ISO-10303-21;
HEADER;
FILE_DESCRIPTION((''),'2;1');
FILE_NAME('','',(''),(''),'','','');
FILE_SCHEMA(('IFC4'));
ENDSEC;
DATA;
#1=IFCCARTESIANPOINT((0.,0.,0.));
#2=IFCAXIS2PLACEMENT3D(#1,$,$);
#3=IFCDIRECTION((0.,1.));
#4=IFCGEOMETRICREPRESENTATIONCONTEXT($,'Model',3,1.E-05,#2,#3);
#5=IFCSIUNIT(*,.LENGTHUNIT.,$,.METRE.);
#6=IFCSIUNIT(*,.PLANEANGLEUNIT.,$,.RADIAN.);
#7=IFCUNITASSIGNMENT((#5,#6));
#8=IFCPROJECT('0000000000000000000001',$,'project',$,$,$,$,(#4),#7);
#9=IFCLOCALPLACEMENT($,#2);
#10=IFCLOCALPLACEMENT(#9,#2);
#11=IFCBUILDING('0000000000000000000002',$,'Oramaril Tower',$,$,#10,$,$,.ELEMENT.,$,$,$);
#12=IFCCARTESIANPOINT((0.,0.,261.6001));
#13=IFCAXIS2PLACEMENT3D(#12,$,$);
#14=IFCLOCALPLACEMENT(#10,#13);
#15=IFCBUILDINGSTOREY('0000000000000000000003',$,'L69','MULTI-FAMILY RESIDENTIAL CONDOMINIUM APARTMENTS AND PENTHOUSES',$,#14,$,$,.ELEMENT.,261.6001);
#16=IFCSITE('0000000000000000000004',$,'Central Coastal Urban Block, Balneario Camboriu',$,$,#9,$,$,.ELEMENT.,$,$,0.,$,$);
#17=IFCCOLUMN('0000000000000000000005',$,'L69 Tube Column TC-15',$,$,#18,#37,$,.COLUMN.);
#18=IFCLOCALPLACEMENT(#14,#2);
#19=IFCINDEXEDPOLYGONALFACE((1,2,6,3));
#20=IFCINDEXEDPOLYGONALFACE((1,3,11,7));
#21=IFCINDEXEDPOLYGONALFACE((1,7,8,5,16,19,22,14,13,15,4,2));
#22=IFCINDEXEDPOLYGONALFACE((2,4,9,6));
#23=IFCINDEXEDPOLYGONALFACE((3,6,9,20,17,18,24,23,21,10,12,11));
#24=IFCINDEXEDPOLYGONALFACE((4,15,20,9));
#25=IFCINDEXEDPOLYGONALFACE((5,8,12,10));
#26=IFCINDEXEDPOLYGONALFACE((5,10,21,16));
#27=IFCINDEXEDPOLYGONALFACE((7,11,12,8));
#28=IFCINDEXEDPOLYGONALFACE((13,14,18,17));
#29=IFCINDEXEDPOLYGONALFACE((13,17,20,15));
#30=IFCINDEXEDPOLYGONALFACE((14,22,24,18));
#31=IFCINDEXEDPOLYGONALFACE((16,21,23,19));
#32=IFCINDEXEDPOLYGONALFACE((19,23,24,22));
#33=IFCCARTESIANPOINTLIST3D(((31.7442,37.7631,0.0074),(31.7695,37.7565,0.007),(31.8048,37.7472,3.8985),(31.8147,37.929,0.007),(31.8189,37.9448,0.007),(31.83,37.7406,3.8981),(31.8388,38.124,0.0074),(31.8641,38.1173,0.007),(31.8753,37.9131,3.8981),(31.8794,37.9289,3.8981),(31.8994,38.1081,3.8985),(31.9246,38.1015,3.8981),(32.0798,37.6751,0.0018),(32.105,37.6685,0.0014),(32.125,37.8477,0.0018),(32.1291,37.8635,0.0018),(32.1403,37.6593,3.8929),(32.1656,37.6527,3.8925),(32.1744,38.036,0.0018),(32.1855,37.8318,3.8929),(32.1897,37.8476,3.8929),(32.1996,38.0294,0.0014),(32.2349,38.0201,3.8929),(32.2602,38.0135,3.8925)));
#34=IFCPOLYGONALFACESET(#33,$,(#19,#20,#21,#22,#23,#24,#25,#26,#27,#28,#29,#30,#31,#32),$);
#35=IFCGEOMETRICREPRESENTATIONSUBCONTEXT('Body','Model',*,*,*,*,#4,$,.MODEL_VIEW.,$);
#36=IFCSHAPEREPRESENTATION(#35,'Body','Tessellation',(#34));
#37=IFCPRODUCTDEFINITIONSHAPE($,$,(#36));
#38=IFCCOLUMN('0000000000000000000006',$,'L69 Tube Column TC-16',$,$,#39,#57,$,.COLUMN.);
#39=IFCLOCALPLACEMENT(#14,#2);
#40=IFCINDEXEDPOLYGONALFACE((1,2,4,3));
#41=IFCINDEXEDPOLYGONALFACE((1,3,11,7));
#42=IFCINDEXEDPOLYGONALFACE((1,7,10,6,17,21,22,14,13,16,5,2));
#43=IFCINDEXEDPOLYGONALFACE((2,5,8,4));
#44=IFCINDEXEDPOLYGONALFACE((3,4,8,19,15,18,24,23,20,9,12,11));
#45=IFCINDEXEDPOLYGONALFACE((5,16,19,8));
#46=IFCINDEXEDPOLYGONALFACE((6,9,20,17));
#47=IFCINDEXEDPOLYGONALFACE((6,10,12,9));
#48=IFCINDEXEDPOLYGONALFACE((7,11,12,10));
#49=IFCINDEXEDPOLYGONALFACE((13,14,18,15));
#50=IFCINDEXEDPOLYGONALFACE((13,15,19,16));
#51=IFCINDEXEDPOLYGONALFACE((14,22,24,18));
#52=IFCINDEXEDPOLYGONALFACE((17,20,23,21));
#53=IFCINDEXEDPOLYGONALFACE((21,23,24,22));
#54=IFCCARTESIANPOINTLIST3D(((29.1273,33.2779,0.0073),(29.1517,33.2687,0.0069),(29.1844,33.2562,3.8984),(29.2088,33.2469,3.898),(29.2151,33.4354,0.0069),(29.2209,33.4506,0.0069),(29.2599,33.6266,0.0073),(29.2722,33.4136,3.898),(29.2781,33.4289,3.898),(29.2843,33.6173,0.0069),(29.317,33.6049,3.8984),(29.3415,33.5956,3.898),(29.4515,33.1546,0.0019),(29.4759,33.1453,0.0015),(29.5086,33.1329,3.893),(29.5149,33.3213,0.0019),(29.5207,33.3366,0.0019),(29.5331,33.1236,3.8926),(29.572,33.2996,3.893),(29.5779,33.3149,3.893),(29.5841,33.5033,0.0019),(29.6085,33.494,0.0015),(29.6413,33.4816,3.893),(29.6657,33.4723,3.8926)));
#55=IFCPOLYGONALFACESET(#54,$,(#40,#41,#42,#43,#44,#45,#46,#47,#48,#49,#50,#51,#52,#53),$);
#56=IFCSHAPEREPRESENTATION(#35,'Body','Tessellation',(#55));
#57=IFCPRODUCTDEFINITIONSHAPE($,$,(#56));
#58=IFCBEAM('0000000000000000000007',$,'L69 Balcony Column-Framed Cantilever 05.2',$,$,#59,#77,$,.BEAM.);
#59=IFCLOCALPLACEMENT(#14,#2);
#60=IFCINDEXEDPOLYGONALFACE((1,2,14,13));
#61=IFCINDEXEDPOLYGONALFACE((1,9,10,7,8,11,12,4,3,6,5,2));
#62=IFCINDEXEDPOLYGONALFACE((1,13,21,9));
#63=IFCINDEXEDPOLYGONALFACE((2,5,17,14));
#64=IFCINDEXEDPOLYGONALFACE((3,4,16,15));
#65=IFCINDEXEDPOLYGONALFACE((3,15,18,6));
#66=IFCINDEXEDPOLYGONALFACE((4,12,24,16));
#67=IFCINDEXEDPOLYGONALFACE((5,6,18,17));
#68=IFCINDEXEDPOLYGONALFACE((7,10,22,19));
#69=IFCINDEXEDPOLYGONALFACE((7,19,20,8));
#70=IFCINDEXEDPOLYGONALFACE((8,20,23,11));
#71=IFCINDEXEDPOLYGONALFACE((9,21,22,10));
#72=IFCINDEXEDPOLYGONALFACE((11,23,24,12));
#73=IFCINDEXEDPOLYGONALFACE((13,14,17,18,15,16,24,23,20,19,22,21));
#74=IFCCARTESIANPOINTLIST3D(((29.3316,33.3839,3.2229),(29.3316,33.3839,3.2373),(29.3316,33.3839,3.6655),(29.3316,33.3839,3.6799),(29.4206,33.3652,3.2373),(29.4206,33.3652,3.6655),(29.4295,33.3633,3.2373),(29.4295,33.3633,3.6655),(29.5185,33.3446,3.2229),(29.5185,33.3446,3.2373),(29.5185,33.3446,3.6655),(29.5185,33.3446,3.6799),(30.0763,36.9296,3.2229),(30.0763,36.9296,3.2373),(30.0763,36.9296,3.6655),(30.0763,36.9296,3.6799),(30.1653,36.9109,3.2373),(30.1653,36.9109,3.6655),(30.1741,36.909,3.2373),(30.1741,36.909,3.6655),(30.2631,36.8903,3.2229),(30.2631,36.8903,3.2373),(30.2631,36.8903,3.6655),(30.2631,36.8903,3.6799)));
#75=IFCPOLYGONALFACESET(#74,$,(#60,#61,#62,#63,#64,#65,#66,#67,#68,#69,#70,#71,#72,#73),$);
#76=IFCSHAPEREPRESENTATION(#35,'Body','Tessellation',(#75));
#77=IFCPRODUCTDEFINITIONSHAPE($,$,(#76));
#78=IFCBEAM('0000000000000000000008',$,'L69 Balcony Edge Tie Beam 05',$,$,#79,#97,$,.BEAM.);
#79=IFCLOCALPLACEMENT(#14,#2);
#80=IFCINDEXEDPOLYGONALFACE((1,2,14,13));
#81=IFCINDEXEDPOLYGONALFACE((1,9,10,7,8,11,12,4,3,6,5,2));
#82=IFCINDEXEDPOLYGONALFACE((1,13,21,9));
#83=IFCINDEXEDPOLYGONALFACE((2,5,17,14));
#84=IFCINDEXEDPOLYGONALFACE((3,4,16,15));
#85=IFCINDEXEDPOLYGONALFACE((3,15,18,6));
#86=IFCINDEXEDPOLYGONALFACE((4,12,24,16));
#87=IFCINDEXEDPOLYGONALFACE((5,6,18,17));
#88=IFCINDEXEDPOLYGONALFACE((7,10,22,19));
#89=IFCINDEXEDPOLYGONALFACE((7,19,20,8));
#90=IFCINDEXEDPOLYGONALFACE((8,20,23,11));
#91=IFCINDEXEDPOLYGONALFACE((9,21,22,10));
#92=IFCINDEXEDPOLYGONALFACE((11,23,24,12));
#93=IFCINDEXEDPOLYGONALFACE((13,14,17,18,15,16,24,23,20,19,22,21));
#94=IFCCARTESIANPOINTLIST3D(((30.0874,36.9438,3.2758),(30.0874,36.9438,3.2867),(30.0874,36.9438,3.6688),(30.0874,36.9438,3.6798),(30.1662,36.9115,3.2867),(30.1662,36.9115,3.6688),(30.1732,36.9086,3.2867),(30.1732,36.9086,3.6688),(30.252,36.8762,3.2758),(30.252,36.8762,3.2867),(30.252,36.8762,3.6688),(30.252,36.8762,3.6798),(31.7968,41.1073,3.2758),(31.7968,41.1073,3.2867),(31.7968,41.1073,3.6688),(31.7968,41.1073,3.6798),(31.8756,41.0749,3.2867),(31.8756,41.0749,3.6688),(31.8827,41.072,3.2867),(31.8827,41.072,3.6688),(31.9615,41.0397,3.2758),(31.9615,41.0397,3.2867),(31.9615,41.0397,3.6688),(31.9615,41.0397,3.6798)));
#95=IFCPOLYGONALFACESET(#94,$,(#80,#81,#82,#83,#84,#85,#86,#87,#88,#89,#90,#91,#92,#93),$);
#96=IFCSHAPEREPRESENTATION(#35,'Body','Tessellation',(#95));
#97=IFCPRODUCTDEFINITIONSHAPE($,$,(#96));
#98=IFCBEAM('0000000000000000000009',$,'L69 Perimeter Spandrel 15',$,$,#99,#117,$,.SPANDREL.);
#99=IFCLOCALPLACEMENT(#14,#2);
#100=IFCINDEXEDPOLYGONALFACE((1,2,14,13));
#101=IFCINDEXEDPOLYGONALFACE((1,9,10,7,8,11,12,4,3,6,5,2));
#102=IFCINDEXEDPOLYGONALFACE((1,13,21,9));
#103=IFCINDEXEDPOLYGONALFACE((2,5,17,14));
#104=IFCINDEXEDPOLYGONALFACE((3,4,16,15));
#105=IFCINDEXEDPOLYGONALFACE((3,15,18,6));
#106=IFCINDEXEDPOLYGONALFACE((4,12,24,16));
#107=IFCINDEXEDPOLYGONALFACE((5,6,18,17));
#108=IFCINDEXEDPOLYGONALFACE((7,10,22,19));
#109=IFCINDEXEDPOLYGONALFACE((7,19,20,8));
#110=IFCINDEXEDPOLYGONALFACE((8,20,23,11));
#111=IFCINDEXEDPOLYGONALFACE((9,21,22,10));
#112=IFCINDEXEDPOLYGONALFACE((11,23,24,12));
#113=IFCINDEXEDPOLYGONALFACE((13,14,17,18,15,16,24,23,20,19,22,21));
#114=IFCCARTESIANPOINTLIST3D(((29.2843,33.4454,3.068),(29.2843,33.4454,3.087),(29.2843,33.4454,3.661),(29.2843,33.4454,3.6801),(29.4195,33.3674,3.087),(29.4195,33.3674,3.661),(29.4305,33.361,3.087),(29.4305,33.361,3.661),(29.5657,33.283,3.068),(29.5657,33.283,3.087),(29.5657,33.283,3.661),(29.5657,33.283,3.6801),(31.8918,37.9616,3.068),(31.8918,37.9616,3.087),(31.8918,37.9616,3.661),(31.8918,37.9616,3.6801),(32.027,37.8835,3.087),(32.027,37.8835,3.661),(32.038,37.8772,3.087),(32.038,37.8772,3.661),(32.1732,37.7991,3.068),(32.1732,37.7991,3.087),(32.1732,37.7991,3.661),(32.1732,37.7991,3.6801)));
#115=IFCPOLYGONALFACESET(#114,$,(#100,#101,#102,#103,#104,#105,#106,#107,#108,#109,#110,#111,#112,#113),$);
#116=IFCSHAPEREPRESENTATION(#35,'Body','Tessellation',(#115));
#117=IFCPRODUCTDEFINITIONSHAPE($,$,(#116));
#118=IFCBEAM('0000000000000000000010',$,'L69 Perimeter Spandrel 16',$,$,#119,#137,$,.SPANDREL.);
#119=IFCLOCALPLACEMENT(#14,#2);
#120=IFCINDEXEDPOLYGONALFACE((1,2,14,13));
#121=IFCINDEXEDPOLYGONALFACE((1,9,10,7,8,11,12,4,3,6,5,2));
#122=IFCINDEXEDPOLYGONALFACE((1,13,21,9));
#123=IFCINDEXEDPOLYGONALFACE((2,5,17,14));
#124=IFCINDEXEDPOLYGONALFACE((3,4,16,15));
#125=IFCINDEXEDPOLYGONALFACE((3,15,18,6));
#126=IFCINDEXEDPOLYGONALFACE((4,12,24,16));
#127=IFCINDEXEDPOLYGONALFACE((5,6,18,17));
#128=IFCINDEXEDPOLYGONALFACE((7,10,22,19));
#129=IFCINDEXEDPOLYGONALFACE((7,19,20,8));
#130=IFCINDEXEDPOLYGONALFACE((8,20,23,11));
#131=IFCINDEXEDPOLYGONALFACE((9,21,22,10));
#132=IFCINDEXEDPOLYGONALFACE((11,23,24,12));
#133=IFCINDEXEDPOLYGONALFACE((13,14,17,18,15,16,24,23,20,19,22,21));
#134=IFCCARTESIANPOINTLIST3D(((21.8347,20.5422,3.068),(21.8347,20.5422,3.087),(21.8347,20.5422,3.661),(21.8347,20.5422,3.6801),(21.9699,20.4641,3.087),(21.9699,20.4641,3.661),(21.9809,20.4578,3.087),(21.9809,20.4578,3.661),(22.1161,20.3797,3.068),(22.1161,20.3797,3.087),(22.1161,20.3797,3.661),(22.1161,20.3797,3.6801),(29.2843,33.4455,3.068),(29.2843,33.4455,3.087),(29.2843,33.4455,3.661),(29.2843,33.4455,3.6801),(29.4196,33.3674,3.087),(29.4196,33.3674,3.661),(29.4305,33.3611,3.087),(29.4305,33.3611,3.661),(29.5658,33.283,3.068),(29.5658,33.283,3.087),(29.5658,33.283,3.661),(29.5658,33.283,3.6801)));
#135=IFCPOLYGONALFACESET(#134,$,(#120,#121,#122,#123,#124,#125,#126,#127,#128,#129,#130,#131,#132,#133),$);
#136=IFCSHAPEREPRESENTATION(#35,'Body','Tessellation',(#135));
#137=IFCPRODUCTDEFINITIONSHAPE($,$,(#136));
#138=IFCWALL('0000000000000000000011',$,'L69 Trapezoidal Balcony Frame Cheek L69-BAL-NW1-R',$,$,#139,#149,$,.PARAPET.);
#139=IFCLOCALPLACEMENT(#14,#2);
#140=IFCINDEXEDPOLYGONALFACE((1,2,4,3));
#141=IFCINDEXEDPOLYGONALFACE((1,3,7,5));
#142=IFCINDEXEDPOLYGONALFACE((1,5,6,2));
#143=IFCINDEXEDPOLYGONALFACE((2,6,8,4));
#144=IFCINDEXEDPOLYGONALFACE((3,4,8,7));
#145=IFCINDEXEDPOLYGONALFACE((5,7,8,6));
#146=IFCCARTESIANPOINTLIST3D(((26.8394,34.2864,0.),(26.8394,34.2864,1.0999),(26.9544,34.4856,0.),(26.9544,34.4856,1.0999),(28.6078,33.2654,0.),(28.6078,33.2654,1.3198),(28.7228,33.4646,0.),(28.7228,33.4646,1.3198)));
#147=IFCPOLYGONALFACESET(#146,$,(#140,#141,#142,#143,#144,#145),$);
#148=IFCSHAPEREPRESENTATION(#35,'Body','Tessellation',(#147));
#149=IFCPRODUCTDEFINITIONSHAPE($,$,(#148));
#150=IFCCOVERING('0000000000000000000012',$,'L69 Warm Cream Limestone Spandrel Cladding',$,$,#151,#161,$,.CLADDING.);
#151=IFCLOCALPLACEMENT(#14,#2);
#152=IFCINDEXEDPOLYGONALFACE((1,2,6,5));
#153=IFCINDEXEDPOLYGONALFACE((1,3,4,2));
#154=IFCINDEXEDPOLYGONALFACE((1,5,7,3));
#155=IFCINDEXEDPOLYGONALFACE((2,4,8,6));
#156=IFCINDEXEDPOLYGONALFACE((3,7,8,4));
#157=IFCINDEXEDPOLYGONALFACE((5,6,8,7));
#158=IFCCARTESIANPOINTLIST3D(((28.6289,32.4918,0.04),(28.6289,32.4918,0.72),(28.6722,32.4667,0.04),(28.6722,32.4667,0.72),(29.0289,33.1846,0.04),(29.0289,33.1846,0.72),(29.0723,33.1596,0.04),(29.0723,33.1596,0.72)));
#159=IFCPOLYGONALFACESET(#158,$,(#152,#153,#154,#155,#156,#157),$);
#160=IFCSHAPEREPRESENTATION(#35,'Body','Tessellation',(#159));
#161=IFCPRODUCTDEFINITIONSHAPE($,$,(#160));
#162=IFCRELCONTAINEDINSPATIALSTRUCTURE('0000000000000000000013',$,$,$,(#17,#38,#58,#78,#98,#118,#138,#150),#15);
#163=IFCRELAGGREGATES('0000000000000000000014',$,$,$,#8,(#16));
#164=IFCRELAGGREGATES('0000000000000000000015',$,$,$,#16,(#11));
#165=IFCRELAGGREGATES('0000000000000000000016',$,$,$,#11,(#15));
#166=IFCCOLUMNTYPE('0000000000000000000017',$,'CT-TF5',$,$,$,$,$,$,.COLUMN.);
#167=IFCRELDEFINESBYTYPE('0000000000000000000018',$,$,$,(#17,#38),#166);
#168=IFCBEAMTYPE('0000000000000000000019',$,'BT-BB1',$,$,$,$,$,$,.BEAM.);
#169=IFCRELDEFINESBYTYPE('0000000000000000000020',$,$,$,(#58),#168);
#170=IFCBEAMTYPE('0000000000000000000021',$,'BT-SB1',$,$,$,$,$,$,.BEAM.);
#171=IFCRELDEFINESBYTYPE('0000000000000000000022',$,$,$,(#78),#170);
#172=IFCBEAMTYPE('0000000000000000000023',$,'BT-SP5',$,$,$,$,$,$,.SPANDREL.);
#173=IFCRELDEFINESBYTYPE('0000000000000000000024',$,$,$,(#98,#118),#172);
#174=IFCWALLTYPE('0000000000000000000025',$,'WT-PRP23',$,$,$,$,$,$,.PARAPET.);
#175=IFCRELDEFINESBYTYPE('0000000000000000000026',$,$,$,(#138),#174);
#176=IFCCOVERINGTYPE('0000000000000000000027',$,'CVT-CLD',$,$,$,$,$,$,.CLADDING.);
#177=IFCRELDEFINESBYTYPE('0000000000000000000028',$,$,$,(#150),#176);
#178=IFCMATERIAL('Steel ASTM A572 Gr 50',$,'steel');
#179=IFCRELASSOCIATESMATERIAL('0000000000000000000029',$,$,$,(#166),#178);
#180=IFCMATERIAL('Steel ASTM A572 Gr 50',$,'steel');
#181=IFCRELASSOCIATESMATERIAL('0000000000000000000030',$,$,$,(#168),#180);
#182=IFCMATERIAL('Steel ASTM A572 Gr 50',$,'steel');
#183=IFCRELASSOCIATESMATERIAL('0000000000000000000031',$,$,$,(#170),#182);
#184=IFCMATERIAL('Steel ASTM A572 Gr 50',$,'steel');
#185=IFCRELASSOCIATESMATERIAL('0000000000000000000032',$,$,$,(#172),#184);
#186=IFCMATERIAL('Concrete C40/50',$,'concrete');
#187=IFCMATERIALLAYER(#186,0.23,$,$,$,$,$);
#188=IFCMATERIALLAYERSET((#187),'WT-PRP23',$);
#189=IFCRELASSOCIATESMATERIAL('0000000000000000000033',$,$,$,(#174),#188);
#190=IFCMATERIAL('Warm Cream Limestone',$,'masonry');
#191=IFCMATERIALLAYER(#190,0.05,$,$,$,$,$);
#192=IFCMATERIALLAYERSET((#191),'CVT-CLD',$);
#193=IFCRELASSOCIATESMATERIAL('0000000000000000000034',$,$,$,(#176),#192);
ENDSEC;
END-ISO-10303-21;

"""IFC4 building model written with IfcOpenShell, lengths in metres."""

from ifc_helpers import new_model, si_unit, direction, frame, origin, origin_2d, place, context, subcontext, project, spatial, polyline, rectangle, i_section, outline, extrude, material, layer, layer_set, material_profile, profile_set, type_object, element, save


model = new_model("IFC4")

# Units and contexts
model_context = context("Model", 3, precision=1e-05, world=origin(), true_north=direction((0.0, 1.0)))
body_context = subcontext(model_context, "Body", "Model", "MODEL_VIEW")
ifc_project = project(units=[si_unit("LENGTHUNIT", "METRE"), si_unit("PLANEANGLEUNIT", "RADIAN")], contexts=[model_context])

# Site, building, storey
site_placement = place(None, origin())
site = spatial("IfcSite", under=ifc_project, at=site_placement, Name="Central Coastal Urban Block, Balneario Camboriu", CompositionType="ELEMENT", RefElevation=0.0)
building_placement = place(site_placement, origin())
building = spatial("IfcBuilding", under=site, at=building_placement, Name="Oramaril Tower", CompositionType="ELEMENT")
storey_placement = place(building_placement, frame((0.0, 0.0, 261.6001)))
storey = spatial("IfcBuildingStorey", under=building, at=storey_placement, Name="L69", Description="MULTI-FAMILY RESIDENTIAL CONDOMINIUM APARTMENTS AND PENTHOUSES", CompositionType="ELEMENT", Elevation=261.6001)

# Columns
ifc_material_1 = material(Name="Steel ASTM A572 Gr 50", Category="steel")
ifc_material_profile_1 = material_profile(ifc_material_1, i_section(OverallWidth=0.373, OverallDepth=0.373, WebThickness=0.0164, FlangeThickness=0.0261, at=origin_2d()), Name="W14X132")
ifc_profile_set_1 = profile_set([ifc_material_profile_1], Name="Steel ASTM A572 Gr 50")
column_type = type_object("IfcColumnType", Name="CT-TF5", PredefinedType="COLUMN", material=ifc_profile_set_1)
for number, where, z_axis, x_axis, name in (
    (1, (31.9719, 37.8962, 0.0044), (0.015558, -0.004078, 0.999871), (0.253533, 0.967327, 0.0), "L69 Tube Column TC-15"),
    (2, (29.3679, 33.386, 0.0044), (0.01468, -0.005583, 0.999877), (0.355497, 0.934677, 0.0), "L69 Tube Column TC-16"),
):
    element("IfcColumn", number, at=place(storey_placement, frame(where, z_axis=z_axis, x_axis=x_axis)), inside=storey, type_object=column_type, Name=name, PredefinedType="COLUMN", context=body_context, shape_type="SweptSolid", body=[
        extrude(i_section(OverallWidth=0.373, OverallDepth=0.373, WebThickness=0.0164, FlangeThickness=0.0261, at=origin_2d()), origin(), (0.0, 0.0, 1.0), 3.8916),
    ])

# Beams
ifc_material_2 = material(Name="Steel ASTM A572 Gr 50", Category="steel")
ifc_material_profile_2 = material_profile(ifc_material_2, i_section(OverallWidth=0.1909, OverallDepth=0.457, WebThickness=0.009, FlangeThickness=0.0144, at=origin_2d()), Name="W18X50")
ifc_profile_set_2 = profile_set([ifc_material_profile_2], Name="Steel ASTM A572 Gr 50")
beam_type_1 = type_object("IfcBeamType", Name="BT-BB1", PredefinedType="BEAM", material=ifc_profile_set_2)
beam_1_placement = place(storey_placement, frame((29.425, 33.3643, 3.4514), z_axis=(0.205528, 0.978651, 0.0), x_axis=(-0.978651, 0.205528, 0.0)))
element("IfcBeam", 3, at=beam_1_placement, inside=storey, type_object=beam_type_1, Name="L69 Balcony Column-Framed Cantilever 05.2", PredefinedType="BEAM", context=body_context, shape_type="SweptSolid", body=[
    extrude(i_section(OverallWidth=0.1909, OverallDepth=0.457, WebThickness=0.009, FlangeThickness=0.0144, at=origin_2d()), origin(), (0.0, 0.0, 1.0), 3.623),
])
ifc_material_3 = material(Name="Steel ASTM A572 Gr 50", Category="steel")
ifc_material_profile_3 = material_profile(ifc_material_3, i_section(OverallWidth=0.178, OverallDepth=0.4041, WebThickness=0.0076, FlangeThickness=0.011, at=origin_2d()), Name="W16X36")
ifc_profile_set_3 = profile_set([ifc_material_profile_3], Name="Steel ASTM A572 Gr 50")
beam_type_2 = type_object("IfcBeamType", Name="BT-SB1", PredefinedType="BEAM", material=ifc_profile_set_3)
beam_2_placement = place(storey_placement, frame((31.8792, 41.0735, 3.4778), z_axis=(-0.379811, -0.925064, 0.0), x_axis=(0.925064, -0.379811, 0.0)))
element("IfcBeam", 4, at=beam_2_placement, inside=storey, type_object=beam_type_2, Name="L69 Balcony Edge Tie Beam 05", PredefinedType="BEAM", context=body_context, shape_type="SweptSolid", body=[
    extrude(i_section(OverallWidth=0.178, OverallDepth=0.4041, WebThickness=0.0076, FlangeThickness=0.011, at=origin_2d()), origin(), (0.0, 0.0, 1.0), 4.5007),
])
ifc_material_4 = material(Name="Steel ASTM A572 Gr 50", Category="steel")
ifc_material_profile_4 = material_profile(ifc_material_4, i_section(OverallWidth=0.325, OverallDepth=0.6121, WebThickness=0.0127, FlangeThickness=0.019, at=origin_2d()), Name="W24X104")
ifc_profile_set_4 = profile_set([ifc_material_profile_4], Name="Steel ASTM A572 Gr 50")
beam_type_3 = type_object("IfcBeamType", Name="BT-SP5", PredefinedType="SPANDREL", material=ifc_profile_set_4)
beam_3_placement = place(storey_placement, frame((32.0325, 37.8804, 3.374), z_axis=(-0.500006, -0.866022, 0.0), x_axis=(0.866022, -0.500006, 0.0)))
element("IfcBeam", 5, at=beam_3_placement, inside=storey, type_object=beam_type_3, Name="L69 Perimeter Spandrel 15", PredefinedType="SPANDREL", context=body_context, shape_type="SweptSolid", body=[
    extrude(i_section(OverallWidth=0.325, OverallDepth=0.6121, WebThickness=0.0127, FlangeThickness=0.019, at=origin_2d()), origin(), (0.0, 0.0, 1.0), 5.2148),
])
beam_4_placement = place(storey_placement, frame((29.425, 33.3643, 3.374), z_axis=(-0.499999, -0.866026, 0.0), x_axis=(0.866026, -0.499999, 0.0)))
element("IfcBeam", 6, at=beam_4_placement, inside=storey, type_object=beam_type_3, Name="L69 Perimeter Spandrel 16", PredefinedType="SPANDREL", context=body_context, shape_type="SweptSolid", body=[
    extrude(i_section(OverallWidth=0.325, OverallDepth=0.6121, WebThickness=0.0127, FlangeThickness=0.019, at=origin_2d()), origin(), (0.0, 0.0, 1.0), 14.8994),
])

# Wall
ifc_material_5 = material(Name="Concrete C40/50", Category="concrete")
ifc_layer_1 = layer(ifc_material_5, 0.23)
ifc_layer_set_1 = layer_set([ifc_layer_1], Name="WT-PRP23")
wall_type = type_object("IfcWallType", Name="WT-PRP23", PredefinedType="PARAPET", material=ifc_layer_set_1)
wall_placement = place(storey_placement, frame((28.6653, 33.365, 0.0), z_axis=(0.0, 0.0, 1.0), x_axis=(-0.866012, 0.500023, 0.0)))
element("IfcWall", 7, at=wall_placement, inside=storey, type_object=wall_type, Name="L69 Trapezoidal Balcony Frame Cheek L69-BAL-NW1-R", PredefinedType="PARAPET", context=body_context, shape_type="SweptSolid", body=[
    extrude(outline(polyline([(0.0, 0.0), (2.042, 0.0), (2.042, 1.0999), (0.0, 1.3198), (0.0, 0.0)])), frame((0.0, 0.115, 0.0), z_axis=(0.0, -1.0, 0.0), x_axis=(1.0, 0.0, 0.0)), (0.0, 0.0, 1.0), 0.23),
])

# Covering
ifc_material_6 = material(Name="Warm Cream Limestone", Category="masonry")
ifc_layer_2 = layer(ifc_material_6, 0.05)
ifc_layer_set_2 = layer_set([ifc_layer_2], Name="CVT-CLD")
covering_type = type_object("IfcCoveringType", Name="CVT-CLD", PredefinedType="CLADDING", material=ifc_layer_set_2)
covering_placement = place(storey_placement, frame((28.8506, 32.8257, 0.04), z_axis=(0.0, 0.0, 1.0), x_axis=(-0.5, -0.866025, 0.0)))
element("IfcCovering", 8, at=covering_placement, inside=storey, type_object=covering_type, Name="L69 Warm Cream Limestone Spandrel Cladding", PredefinedType="CLADDING", context=body_context, shape_type="SweptSolid", body=[
    extrude(rectangle(XDim=0.8, YDim=0.05, at=origin_2d()), origin(), (0.0, 0.0, 1.0), 0.6799),
])

save(model, "model.ifc")
